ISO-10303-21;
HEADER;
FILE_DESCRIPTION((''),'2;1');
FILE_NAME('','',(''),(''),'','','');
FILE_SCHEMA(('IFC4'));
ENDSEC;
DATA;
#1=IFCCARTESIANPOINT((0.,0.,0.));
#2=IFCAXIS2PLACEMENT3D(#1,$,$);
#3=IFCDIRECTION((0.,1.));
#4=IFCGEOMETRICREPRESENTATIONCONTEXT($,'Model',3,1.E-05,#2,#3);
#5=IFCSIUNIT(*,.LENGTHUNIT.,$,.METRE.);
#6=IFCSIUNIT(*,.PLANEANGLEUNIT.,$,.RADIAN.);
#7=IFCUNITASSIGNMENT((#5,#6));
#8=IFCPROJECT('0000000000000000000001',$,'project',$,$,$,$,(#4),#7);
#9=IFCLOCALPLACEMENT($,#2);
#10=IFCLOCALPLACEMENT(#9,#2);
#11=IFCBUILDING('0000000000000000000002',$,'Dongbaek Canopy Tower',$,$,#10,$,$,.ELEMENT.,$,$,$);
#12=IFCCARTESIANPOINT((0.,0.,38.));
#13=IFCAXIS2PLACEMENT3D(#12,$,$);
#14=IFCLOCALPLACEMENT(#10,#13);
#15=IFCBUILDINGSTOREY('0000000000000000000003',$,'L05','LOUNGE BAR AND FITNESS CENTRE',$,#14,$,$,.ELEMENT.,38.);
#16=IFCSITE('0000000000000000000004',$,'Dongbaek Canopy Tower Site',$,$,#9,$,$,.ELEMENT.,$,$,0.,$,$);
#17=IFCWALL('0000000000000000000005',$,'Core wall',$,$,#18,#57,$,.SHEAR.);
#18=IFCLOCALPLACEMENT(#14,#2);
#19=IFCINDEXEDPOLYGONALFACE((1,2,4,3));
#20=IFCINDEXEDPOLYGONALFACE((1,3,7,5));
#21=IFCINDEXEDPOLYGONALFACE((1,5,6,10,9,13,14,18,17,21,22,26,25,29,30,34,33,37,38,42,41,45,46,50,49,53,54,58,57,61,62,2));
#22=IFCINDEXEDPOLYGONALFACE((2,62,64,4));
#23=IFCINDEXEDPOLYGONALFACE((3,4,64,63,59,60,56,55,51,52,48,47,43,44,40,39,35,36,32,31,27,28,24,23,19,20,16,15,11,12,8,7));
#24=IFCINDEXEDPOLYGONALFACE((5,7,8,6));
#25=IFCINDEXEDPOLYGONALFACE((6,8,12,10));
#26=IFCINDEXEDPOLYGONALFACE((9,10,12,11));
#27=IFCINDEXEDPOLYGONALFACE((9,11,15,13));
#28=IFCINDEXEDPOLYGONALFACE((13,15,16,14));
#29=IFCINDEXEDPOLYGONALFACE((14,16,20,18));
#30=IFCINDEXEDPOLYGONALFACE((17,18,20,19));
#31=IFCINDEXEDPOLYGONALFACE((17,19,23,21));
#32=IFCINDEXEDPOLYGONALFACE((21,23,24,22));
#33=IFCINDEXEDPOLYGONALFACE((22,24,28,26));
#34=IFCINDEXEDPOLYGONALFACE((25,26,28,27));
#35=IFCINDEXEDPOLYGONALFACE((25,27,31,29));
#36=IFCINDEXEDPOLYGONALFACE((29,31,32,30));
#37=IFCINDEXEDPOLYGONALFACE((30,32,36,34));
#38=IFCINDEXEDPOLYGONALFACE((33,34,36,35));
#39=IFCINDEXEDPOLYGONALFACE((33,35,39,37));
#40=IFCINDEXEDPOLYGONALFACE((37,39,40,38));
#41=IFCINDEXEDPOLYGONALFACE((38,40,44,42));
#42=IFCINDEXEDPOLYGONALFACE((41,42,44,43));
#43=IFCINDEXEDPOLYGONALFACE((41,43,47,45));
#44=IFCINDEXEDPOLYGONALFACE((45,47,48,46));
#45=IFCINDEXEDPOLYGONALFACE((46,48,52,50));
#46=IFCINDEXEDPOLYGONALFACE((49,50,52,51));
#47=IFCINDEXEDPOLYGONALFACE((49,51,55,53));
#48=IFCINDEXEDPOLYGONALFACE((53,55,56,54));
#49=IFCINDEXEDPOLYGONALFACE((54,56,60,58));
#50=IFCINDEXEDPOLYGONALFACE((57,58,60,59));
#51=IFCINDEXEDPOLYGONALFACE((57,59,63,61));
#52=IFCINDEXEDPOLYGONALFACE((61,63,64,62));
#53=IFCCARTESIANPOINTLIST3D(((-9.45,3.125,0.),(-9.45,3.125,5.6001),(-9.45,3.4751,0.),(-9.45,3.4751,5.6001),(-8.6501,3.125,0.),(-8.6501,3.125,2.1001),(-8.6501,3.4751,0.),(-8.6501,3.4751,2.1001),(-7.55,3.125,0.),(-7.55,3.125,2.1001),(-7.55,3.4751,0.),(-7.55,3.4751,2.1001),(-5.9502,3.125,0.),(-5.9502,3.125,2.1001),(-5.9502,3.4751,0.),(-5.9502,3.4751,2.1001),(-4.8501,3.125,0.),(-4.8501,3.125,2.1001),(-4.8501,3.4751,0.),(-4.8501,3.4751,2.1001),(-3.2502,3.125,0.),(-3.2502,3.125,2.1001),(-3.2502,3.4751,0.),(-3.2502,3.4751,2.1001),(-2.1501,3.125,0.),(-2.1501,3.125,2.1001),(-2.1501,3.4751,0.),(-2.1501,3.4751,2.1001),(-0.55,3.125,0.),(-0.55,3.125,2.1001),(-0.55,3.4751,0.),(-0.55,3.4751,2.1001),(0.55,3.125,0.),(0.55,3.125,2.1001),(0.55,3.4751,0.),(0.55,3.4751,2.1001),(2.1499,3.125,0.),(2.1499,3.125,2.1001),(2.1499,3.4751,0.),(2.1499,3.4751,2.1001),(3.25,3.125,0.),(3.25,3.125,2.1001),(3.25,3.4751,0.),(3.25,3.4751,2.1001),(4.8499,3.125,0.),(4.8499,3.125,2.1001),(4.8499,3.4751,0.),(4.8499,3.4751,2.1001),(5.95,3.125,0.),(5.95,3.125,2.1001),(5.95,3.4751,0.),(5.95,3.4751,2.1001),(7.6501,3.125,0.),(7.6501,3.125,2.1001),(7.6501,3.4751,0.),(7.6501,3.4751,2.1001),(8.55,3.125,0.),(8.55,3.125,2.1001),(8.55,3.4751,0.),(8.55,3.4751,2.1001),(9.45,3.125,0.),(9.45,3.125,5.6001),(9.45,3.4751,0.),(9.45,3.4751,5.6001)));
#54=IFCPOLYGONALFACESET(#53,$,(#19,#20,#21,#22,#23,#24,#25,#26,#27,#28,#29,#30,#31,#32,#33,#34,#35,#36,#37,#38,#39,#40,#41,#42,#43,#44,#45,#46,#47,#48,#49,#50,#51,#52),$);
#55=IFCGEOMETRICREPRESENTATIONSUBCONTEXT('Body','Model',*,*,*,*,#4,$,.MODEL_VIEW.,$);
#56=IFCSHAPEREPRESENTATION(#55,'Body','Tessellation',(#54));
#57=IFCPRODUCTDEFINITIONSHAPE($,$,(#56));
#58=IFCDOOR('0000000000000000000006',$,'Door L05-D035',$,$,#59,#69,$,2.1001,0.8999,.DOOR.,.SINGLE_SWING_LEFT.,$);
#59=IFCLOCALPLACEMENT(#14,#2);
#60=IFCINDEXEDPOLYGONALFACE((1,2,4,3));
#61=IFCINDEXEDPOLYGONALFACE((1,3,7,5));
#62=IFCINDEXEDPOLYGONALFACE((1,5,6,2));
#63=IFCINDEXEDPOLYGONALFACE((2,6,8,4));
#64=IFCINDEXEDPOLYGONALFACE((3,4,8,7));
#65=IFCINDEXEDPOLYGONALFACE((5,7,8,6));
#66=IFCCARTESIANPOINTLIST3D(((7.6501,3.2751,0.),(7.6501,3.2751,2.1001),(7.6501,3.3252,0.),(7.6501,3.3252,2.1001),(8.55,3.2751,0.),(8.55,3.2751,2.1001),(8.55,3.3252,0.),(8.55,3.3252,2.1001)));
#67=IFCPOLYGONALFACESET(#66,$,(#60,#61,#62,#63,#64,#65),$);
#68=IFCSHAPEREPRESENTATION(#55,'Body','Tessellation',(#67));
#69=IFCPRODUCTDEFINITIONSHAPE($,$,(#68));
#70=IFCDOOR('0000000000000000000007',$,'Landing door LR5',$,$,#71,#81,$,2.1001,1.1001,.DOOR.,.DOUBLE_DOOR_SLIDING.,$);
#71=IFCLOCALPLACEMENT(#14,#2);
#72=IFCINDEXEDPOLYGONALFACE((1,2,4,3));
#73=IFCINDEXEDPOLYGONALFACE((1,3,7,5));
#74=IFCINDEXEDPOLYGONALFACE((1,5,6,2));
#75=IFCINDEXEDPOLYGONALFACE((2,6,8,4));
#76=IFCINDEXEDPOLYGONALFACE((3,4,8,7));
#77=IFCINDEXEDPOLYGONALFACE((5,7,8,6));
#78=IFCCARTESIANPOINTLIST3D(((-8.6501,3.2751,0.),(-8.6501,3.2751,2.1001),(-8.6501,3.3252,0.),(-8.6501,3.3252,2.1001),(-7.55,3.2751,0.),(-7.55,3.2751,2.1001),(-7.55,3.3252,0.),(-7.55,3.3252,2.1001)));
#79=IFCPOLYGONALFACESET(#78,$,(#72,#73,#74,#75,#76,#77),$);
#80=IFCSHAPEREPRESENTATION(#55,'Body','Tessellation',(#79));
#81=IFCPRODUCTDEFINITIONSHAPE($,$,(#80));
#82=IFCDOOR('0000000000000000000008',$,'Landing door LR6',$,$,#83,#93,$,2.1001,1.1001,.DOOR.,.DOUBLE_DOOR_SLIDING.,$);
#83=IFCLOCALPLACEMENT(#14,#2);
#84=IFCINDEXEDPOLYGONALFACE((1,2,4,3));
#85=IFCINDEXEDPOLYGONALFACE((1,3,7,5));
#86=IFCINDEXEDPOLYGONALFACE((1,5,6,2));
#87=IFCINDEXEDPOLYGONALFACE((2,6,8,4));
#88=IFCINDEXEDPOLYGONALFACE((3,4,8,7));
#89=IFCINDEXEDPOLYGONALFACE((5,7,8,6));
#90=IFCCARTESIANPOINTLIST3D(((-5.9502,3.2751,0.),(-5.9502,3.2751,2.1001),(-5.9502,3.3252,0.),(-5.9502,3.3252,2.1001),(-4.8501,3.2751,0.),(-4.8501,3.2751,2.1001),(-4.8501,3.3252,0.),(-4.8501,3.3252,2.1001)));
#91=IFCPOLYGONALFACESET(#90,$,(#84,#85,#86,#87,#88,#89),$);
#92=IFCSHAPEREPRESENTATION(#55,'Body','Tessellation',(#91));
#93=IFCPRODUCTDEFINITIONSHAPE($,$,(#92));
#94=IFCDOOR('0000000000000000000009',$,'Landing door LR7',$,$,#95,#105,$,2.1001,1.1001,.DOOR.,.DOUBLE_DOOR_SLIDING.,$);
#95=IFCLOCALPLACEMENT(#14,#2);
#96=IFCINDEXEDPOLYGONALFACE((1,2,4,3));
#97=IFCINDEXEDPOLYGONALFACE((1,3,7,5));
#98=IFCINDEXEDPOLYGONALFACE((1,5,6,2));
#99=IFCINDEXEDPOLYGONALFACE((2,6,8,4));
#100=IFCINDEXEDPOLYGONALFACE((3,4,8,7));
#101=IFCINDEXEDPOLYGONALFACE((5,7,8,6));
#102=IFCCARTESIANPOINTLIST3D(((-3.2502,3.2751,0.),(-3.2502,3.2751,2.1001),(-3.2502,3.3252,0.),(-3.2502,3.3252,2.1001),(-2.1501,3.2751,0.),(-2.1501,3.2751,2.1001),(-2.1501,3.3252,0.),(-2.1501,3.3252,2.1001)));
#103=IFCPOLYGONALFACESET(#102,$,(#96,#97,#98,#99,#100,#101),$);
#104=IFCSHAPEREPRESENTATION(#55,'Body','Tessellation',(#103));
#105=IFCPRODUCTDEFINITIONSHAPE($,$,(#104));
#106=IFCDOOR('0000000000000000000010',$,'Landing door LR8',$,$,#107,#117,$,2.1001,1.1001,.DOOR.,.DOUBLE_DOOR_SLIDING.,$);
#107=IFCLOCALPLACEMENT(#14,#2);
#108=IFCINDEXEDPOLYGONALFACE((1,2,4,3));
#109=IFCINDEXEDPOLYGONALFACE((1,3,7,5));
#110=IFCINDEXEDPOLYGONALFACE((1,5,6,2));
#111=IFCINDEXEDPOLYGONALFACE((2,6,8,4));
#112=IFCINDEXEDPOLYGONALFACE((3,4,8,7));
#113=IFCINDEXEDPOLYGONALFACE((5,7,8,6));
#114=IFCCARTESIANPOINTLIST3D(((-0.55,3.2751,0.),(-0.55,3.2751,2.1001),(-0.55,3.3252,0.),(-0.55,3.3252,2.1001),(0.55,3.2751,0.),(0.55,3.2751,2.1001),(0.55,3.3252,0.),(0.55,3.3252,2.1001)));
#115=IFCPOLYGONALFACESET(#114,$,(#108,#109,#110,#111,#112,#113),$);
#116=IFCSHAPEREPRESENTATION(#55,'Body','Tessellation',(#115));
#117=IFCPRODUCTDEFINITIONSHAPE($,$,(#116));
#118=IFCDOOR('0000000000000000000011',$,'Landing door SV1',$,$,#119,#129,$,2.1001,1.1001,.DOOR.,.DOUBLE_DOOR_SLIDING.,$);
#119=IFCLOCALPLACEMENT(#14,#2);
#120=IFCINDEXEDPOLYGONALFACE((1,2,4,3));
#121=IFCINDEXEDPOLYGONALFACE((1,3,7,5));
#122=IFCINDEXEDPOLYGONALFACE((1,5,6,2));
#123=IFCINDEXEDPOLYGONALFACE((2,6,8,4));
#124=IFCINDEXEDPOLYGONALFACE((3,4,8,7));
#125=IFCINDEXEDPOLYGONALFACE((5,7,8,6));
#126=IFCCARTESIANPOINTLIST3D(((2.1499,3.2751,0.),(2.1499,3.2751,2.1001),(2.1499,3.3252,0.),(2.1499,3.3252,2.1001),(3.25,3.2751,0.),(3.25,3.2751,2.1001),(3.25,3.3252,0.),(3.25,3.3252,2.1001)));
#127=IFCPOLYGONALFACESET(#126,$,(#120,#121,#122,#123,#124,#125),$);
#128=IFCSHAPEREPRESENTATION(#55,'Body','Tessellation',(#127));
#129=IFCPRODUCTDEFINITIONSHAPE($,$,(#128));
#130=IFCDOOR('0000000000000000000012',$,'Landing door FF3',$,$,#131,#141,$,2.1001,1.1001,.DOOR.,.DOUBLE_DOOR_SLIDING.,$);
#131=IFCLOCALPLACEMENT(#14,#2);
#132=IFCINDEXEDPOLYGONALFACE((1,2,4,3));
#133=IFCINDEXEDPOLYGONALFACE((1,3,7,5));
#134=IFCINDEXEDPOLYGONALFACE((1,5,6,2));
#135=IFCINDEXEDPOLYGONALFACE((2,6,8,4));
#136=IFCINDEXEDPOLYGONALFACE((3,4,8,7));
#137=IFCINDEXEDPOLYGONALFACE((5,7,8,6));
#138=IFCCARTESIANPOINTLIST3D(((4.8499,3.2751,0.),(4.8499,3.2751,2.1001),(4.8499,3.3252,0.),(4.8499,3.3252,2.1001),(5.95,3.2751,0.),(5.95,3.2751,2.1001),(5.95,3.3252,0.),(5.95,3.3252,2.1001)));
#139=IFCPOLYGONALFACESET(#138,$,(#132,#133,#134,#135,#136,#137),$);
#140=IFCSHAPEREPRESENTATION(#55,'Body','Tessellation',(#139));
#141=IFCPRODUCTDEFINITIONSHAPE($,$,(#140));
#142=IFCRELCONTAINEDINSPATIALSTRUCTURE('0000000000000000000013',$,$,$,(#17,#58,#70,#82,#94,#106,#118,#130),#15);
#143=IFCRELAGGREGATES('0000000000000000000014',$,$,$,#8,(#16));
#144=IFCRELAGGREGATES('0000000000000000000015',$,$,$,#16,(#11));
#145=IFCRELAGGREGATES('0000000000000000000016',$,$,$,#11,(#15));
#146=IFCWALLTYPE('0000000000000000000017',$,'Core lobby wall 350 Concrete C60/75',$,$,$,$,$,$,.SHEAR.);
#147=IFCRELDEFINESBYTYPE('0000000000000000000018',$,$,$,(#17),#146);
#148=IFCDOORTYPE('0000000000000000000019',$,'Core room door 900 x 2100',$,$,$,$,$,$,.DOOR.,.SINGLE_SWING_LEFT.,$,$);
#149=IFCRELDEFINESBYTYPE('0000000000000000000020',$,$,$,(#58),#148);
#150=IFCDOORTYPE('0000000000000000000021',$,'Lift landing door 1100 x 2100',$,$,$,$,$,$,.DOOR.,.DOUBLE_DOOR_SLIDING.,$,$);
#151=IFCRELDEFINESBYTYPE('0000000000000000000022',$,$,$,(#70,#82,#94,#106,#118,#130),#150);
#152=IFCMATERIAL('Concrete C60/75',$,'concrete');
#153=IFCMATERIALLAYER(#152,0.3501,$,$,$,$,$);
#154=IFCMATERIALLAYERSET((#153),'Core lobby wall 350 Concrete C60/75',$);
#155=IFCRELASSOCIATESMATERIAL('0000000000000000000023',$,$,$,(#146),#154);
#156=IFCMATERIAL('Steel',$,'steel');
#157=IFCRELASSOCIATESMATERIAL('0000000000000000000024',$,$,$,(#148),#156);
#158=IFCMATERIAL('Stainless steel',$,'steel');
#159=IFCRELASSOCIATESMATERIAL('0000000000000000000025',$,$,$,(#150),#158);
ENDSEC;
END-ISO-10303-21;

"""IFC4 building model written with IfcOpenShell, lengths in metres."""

from ifc_helpers import new_model, si_unit, direction, frame, frame_2d, origin, place, context, subcontext, project, spatial, rectangle, extrude, material, layer, layer_set, type_object, element, fill, save


model = new_model("IFC4")

# Units and contexts
model_context = context("Model", 3, precision=1e-05, world=origin(), true_north=direction((0.0, 1.0)))
body_context = subcontext(model_context, "Body", "Model", "MODEL_VIEW")
ifc_project = project(units=[si_unit("LENGTHUNIT", "METRE"), si_unit("PLANEANGLEUNIT", "RADIAN")], contexts=[model_context])

# Site, building, storey
site_placement = place(None, origin())
site = spatial("IfcSite", under=ifc_project, at=site_placement, Name="Dongbaek Canopy Tower Site", CompositionType="ELEMENT", RefElevation=0.0)
building_placement = place(site_placement, origin())
building = spatial("IfcBuilding", under=site, at=building_placement, Name="Dongbaek Canopy Tower", CompositionType="ELEMENT")
storey_placement = place(building_placement, frame((0.0, 0.0, 38.0)))
storey = spatial("IfcBuildingStorey", under=building, at=storey_placement, Name="L05", Description="LOUNGE BAR AND FITNESS CENTRE", CompositionType="ELEMENT", Elevation=38.0)

# Wall, openings, doors
ifc_material_1 = material(Name="Concrete C60/75", Category="concrete")
ifc_layer_1 = layer(ifc_material_1, 0.3501)
ifc_layer_set_1 = layer_set([ifc_layer_1], Name="Core lobby wall 350 Concrete C60/75")
wall_type_1 = type_object("IfcWallType", Name="Core lobby wall 350 Concrete C60/75", PredefinedType="SHEAR", material=ifc_layer_set_1)
wall_1_placement = place(storey_placement, frame((9.45, 3.3, 0.0), z_axis=(0.0, 0.0, 1.0), x_axis=(-1.0, 0.0, 0.0)))
wall_1 = element("IfcWall", 1, at=wall_1_placement, inside=storey, type_object=wall_type_1, Name="Core wall", PredefinedType="SHEAR", context=body_context, shape_type="SweptSolid", body=[
    extrude(rectangle(XDim=18.8999, YDim=0.3501, at=frame_2d((9.45, 0.0))), origin(), (0.0, 0.0, 1.0), 5.6001),
])
opening_1_placement = place(wall_1_placement, frame((17.0, 0.0, 0.0)))
opening_1 = element("IfcOpeningElement", 2, at=opening_1_placement, cuts=wall_1, PredefinedType="OPENING", context=body_context, shape_type="SweptSolid", body=[
    extrude(rectangle(XDim=1.1001, YDim=2.1001, at=frame_2d((0.55, 1.05))), frame((0.0, 0.1851, 0.0), z_axis=(0.0, -1.0, 0.0), x_axis=(1.0, 0.0, 0.0)), (0.0, 0.0, 1.0), 0.3701),
])
opening_2_placement = place(wall_1_placement, frame((14.3, 0.0, 0.0)))
opening_2 = element("IfcOpeningElement", 3, at=opening_2_placement, cuts=wall_1, PredefinedType="OPENING", context=body_context, shape_type="SweptSolid", body=[
    extrude(rectangle(XDim=1.1001, YDim=2.1001, at=frame_2d((0.55, 1.05))), frame((0.0, 0.1851, 0.0), z_axis=(0.0, -1.0, 0.0), x_axis=(1.0, 0.0, 0.0)), (0.0, 0.0, 1.0), 0.3701),
])
opening_3_placement = place(wall_1_placement, frame((11.6001, 0.0, 0.0)))
opening_3 = element("IfcOpeningElement", 4, at=opening_3_placement, cuts=wall_1, PredefinedType="OPENING", context=body_context, shape_type="SweptSolid", body=[
    extrude(rectangle(XDim=1.1001, YDim=2.1001, at=frame_2d((0.55, 1.05))), frame((0.0, 0.1851, 0.0), z_axis=(0.0, -1.0, 0.0), x_axis=(1.0, 0.0, 0.0)), (0.0, 0.0, 1.0), 0.3701),
])
opening_4_placement = place(wall_1_placement, frame((8.8999, 0.0, 0.0)))
opening_4 = element("IfcOpeningElement", 5, at=opening_4_placement, cuts=wall_1, PredefinedType="OPENING", context=body_context, shape_type="SweptSolid", body=[
    extrude(rectangle(XDim=1.1001, YDim=2.1001, at=frame_2d((0.55, 1.05))), frame((0.0, 0.1851, 0.0), z_axis=(0.0, -1.0, 0.0), x_axis=(1.0, 0.0, 0.0)), (0.0, 0.0, 1.0), 0.3701),
])
opening_5_placement = place(wall_1_placement, frame((6.2, 0.0, 0.0)))
opening_5 = element("IfcOpeningElement", 6, at=opening_5_placement, cuts=wall_1, PredefinedType="OPENING", context=body_context, shape_type="SweptSolid", body=[
    extrude(rectangle(XDim=1.1001, YDim=2.1001, at=frame_2d((0.55, 1.05))), frame((0.0, 0.1851, 0.0), z_axis=(0.0, -1.0, 0.0), x_axis=(1.0, 0.0, 0.0)), (0.0, 0.0, 1.0), 0.3701),
])
opening_6_placement = place(wall_1_placement, frame((3.5, 0.0, 0.0)))
opening_6 = element("IfcOpeningElement", 7, at=opening_6_placement, cuts=wall_1, PredefinedType="OPENING", context=body_context, shape_type="SweptSolid", body=[
    extrude(rectangle(XDim=1.1001, YDim=2.1001, at=frame_2d((0.55, 1.05))), frame((0.0, 0.1851, 0.0), z_axis=(0.0, -1.0, 0.0), x_axis=(1.0, 0.0, 0.0)), (0.0, 0.0, 1.0), 0.3701),
])
opening_7_placement = place(wall_1_placement, frame((0.8999, 0.0, 0.0)))
opening_7 = element("IfcOpeningElement", 8, at=opening_7_placement, cuts=wall_1, PredefinedType="OPENING", context=body_context, shape_type="SweptSolid", body=[
    extrude(rectangle(XDim=0.8999, YDim=2.1001, at=frame_2d((0.45, 1.05))), frame((0.0, 0.1851, 0.0), z_axis=(0.0, -1.0, 0.0), x_axis=(1.0, 0.0, 0.0)), (0.0, 0.0, 1.0), 0.3701),
])
ifc_material_2 = material(Name="Steel", Category="steel")
door_type_1 = type_object("IfcDoorType", Name="Core room door 900 x 2100", OperationType="SINGLE_SWING_LEFT", PredefinedType="DOOR", material=ifc_material_2)
door_1_placement = place(opening_7_placement, origin())
door_1 = element("IfcDoor", 9, at=door_1_placement, inside=storey, type_object=door_type_1, Name="Door L05-D035", OperationType="SINGLE_SWING_LEFT", OverallHeight=2.1001, OverallWidth=0.8999, PredefinedType="DOOR", context=body_context, shape_type="SweptSolid", body=[
    extrude(rectangle(XDim=0.8999, YDim=2.1001, at=frame_2d((0.45, 1.05))), frame((0.0, 0.0249, 0.0), z_axis=(0.0, -1.0, 0.0), x_axis=(1.0, 0.0, 0.0)), (0.0, 0.0, 1.0), 0.05),
])
fill(opening_7, door_1)
ifc_material_3 = material(Name="Stainless steel", Category="steel")
door_type_2 = type_object("IfcDoorType", Name="Lift landing door 1100 x 2100", OperationType="DOUBLE_DOOR_SLIDING", PredefinedType="DOOR", material=ifc_material_3)
door_2_placement = place(opening_1_placement, origin())
door_2 = element("IfcDoor", 10, at=door_2_placement, inside=storey, type_object=door_type_2, Name="Landing door LR5", OperationType="DOUBLE_DOOR_SLIDING", OverallHeight=2.1001, OverallWidth=1.1001, PredefinedType="DOOR", context=body_context, shape_type="SweptSolid", body=[
    extrude(rectangle(XDim=1.1001, YDim=2.1001, at=frame_2d((0.55, 1.05))), frame((0.0, 0.0249, 0.0), z_axis=(0.0, -1.0, 0.0), x_axis=(1.0, 0.0, 0.0)), (0.0, 0.0, 1.0), 0.05),
])
fill(opening_1, door_2)
door_3_placement = place(opening_2_placement, origin())
door_3 = element("IfcDoor", 11, at=door_3_placement, inside=storey, type_object=door_type_2, Name="Landing door LR6", OperationType="DOUBLE_DOOR_SLIDING", OverallHeight=2.1001, OverallWidth=1.1001, PredefinedType="DOOR", context=body_context, shape_type="SweptSolid", body=[
    extrude(rectangle(XDim=1.1001, YDim=2.1001, at=frame_2d((0.55, 1.05))), frame((0.0, 0.0249, 0.0), z_axis=(0.0, -1.0, 0.0), x_axis=(1.0, 0.0, 0.0)), (0.0, 0.0, 1.0), 0.05),
])
fill(opening_2, door_3)
door_4_placement = place(opening_3_placement, origin())
door_4 = element("IfcDoor", 12, at=door_4_placement, inside=storey, type_object=door_type_2, Name="Landing door LR7", OperationType="DOUBLE_DOOR_SLIDING", OverallHeight=2.1001, OverallWidth=1.1001, PredefinedType="DOOR", context=body_context, shape_type="SweptSolid", body=[
    extrude(rectangle(XDim=1.1001, YDim=2.1001, at=frame_2d((0.55, 1.05))), frame((0.0, 0.0249, 0.0), z_axis=(0.0, -1.0, 0.0), x_axis=(1.0, 0.0, 0.0)), (0.0, 0.0, 1.0), 0.05),
])
fill(opening_3, door_4)
door_5_placement = place(opening_4_placement, origin())
door_5 = element("IfcDoor", 13, at=door_5_placement, inside=storey, type_object=door_type_2, Name="Landing door LR8", OperationType="DOUBLE_DOOR_SLIDING", OverallHeight=2.1001, OverallWidth=1.1001, PredefinedType="DOOR", context=body_context, shape_type="SweptSolid", body=[
    extrude(rectangle(XDim=1.1001, YDim=2.1001, at=frame_2d((0.55, 1.05))), frame((0.0, 0.0249, 0.0), z_axis=(0.0, -1.0, 0.0), x_axis=(1.0, 0.0, 0.0)), (0.0, 0.0, 1.0), 0.05),
])
fill(opening_4, door_5)
door_6_placement = place(opening_5_placement, origin())
door_6 = element("IfcDoor", 14, at=door_6_placement, inside=storey, type_object=door_type_2, Name="Landing door SV1", OperationType="DOUBLE_DOOR_SLIDING", OverallHeight=2.1001, OverallWidth=1.1001, PredefinedType="DOOR", context=body_context, shape_type="SweptSolid", body=[
    extrude(rectangle(XDim=1.1001, YDim=2.1001, at=frame_2d((0.55, 1.05))), frame((0.0, 0.0249, 0.0), z_axis=(0.0, -1.0, 0.0), x_axis=(1.0, 0.0, 0.0)), (0.0, 0.0, 1.0), 0.05),
])
fill(opening_5, door_6)
door_7_placement = place(opening_6_placement, origin())
door_7 = element("IfcDoor", 15, at=door_7_placement, inside=storey, type_object=door_type_2, Name="Landing door FF3", OperationType="DOUBLE_DOOR_SLIDING", OverallHeight=2.1001, OverallWidth=1.1001, PredefinedType="DOOR", context=body_context, shape_type="SweptSolid", body=[
    extrude(rectangle(XDim=1.1001, YDim=2.1001, at=frame_2d((0.55, 1.05))), frame((0.0, 0.0249, 0.0), z_axis=(0.0, -1.0, 0.0), x_axis=(1.0, 0.0, 0.0)), (0.0, 0.0, 1.0), 0.05),
])
fill(opening_6, door_7)

save(model, "model.ifc")
